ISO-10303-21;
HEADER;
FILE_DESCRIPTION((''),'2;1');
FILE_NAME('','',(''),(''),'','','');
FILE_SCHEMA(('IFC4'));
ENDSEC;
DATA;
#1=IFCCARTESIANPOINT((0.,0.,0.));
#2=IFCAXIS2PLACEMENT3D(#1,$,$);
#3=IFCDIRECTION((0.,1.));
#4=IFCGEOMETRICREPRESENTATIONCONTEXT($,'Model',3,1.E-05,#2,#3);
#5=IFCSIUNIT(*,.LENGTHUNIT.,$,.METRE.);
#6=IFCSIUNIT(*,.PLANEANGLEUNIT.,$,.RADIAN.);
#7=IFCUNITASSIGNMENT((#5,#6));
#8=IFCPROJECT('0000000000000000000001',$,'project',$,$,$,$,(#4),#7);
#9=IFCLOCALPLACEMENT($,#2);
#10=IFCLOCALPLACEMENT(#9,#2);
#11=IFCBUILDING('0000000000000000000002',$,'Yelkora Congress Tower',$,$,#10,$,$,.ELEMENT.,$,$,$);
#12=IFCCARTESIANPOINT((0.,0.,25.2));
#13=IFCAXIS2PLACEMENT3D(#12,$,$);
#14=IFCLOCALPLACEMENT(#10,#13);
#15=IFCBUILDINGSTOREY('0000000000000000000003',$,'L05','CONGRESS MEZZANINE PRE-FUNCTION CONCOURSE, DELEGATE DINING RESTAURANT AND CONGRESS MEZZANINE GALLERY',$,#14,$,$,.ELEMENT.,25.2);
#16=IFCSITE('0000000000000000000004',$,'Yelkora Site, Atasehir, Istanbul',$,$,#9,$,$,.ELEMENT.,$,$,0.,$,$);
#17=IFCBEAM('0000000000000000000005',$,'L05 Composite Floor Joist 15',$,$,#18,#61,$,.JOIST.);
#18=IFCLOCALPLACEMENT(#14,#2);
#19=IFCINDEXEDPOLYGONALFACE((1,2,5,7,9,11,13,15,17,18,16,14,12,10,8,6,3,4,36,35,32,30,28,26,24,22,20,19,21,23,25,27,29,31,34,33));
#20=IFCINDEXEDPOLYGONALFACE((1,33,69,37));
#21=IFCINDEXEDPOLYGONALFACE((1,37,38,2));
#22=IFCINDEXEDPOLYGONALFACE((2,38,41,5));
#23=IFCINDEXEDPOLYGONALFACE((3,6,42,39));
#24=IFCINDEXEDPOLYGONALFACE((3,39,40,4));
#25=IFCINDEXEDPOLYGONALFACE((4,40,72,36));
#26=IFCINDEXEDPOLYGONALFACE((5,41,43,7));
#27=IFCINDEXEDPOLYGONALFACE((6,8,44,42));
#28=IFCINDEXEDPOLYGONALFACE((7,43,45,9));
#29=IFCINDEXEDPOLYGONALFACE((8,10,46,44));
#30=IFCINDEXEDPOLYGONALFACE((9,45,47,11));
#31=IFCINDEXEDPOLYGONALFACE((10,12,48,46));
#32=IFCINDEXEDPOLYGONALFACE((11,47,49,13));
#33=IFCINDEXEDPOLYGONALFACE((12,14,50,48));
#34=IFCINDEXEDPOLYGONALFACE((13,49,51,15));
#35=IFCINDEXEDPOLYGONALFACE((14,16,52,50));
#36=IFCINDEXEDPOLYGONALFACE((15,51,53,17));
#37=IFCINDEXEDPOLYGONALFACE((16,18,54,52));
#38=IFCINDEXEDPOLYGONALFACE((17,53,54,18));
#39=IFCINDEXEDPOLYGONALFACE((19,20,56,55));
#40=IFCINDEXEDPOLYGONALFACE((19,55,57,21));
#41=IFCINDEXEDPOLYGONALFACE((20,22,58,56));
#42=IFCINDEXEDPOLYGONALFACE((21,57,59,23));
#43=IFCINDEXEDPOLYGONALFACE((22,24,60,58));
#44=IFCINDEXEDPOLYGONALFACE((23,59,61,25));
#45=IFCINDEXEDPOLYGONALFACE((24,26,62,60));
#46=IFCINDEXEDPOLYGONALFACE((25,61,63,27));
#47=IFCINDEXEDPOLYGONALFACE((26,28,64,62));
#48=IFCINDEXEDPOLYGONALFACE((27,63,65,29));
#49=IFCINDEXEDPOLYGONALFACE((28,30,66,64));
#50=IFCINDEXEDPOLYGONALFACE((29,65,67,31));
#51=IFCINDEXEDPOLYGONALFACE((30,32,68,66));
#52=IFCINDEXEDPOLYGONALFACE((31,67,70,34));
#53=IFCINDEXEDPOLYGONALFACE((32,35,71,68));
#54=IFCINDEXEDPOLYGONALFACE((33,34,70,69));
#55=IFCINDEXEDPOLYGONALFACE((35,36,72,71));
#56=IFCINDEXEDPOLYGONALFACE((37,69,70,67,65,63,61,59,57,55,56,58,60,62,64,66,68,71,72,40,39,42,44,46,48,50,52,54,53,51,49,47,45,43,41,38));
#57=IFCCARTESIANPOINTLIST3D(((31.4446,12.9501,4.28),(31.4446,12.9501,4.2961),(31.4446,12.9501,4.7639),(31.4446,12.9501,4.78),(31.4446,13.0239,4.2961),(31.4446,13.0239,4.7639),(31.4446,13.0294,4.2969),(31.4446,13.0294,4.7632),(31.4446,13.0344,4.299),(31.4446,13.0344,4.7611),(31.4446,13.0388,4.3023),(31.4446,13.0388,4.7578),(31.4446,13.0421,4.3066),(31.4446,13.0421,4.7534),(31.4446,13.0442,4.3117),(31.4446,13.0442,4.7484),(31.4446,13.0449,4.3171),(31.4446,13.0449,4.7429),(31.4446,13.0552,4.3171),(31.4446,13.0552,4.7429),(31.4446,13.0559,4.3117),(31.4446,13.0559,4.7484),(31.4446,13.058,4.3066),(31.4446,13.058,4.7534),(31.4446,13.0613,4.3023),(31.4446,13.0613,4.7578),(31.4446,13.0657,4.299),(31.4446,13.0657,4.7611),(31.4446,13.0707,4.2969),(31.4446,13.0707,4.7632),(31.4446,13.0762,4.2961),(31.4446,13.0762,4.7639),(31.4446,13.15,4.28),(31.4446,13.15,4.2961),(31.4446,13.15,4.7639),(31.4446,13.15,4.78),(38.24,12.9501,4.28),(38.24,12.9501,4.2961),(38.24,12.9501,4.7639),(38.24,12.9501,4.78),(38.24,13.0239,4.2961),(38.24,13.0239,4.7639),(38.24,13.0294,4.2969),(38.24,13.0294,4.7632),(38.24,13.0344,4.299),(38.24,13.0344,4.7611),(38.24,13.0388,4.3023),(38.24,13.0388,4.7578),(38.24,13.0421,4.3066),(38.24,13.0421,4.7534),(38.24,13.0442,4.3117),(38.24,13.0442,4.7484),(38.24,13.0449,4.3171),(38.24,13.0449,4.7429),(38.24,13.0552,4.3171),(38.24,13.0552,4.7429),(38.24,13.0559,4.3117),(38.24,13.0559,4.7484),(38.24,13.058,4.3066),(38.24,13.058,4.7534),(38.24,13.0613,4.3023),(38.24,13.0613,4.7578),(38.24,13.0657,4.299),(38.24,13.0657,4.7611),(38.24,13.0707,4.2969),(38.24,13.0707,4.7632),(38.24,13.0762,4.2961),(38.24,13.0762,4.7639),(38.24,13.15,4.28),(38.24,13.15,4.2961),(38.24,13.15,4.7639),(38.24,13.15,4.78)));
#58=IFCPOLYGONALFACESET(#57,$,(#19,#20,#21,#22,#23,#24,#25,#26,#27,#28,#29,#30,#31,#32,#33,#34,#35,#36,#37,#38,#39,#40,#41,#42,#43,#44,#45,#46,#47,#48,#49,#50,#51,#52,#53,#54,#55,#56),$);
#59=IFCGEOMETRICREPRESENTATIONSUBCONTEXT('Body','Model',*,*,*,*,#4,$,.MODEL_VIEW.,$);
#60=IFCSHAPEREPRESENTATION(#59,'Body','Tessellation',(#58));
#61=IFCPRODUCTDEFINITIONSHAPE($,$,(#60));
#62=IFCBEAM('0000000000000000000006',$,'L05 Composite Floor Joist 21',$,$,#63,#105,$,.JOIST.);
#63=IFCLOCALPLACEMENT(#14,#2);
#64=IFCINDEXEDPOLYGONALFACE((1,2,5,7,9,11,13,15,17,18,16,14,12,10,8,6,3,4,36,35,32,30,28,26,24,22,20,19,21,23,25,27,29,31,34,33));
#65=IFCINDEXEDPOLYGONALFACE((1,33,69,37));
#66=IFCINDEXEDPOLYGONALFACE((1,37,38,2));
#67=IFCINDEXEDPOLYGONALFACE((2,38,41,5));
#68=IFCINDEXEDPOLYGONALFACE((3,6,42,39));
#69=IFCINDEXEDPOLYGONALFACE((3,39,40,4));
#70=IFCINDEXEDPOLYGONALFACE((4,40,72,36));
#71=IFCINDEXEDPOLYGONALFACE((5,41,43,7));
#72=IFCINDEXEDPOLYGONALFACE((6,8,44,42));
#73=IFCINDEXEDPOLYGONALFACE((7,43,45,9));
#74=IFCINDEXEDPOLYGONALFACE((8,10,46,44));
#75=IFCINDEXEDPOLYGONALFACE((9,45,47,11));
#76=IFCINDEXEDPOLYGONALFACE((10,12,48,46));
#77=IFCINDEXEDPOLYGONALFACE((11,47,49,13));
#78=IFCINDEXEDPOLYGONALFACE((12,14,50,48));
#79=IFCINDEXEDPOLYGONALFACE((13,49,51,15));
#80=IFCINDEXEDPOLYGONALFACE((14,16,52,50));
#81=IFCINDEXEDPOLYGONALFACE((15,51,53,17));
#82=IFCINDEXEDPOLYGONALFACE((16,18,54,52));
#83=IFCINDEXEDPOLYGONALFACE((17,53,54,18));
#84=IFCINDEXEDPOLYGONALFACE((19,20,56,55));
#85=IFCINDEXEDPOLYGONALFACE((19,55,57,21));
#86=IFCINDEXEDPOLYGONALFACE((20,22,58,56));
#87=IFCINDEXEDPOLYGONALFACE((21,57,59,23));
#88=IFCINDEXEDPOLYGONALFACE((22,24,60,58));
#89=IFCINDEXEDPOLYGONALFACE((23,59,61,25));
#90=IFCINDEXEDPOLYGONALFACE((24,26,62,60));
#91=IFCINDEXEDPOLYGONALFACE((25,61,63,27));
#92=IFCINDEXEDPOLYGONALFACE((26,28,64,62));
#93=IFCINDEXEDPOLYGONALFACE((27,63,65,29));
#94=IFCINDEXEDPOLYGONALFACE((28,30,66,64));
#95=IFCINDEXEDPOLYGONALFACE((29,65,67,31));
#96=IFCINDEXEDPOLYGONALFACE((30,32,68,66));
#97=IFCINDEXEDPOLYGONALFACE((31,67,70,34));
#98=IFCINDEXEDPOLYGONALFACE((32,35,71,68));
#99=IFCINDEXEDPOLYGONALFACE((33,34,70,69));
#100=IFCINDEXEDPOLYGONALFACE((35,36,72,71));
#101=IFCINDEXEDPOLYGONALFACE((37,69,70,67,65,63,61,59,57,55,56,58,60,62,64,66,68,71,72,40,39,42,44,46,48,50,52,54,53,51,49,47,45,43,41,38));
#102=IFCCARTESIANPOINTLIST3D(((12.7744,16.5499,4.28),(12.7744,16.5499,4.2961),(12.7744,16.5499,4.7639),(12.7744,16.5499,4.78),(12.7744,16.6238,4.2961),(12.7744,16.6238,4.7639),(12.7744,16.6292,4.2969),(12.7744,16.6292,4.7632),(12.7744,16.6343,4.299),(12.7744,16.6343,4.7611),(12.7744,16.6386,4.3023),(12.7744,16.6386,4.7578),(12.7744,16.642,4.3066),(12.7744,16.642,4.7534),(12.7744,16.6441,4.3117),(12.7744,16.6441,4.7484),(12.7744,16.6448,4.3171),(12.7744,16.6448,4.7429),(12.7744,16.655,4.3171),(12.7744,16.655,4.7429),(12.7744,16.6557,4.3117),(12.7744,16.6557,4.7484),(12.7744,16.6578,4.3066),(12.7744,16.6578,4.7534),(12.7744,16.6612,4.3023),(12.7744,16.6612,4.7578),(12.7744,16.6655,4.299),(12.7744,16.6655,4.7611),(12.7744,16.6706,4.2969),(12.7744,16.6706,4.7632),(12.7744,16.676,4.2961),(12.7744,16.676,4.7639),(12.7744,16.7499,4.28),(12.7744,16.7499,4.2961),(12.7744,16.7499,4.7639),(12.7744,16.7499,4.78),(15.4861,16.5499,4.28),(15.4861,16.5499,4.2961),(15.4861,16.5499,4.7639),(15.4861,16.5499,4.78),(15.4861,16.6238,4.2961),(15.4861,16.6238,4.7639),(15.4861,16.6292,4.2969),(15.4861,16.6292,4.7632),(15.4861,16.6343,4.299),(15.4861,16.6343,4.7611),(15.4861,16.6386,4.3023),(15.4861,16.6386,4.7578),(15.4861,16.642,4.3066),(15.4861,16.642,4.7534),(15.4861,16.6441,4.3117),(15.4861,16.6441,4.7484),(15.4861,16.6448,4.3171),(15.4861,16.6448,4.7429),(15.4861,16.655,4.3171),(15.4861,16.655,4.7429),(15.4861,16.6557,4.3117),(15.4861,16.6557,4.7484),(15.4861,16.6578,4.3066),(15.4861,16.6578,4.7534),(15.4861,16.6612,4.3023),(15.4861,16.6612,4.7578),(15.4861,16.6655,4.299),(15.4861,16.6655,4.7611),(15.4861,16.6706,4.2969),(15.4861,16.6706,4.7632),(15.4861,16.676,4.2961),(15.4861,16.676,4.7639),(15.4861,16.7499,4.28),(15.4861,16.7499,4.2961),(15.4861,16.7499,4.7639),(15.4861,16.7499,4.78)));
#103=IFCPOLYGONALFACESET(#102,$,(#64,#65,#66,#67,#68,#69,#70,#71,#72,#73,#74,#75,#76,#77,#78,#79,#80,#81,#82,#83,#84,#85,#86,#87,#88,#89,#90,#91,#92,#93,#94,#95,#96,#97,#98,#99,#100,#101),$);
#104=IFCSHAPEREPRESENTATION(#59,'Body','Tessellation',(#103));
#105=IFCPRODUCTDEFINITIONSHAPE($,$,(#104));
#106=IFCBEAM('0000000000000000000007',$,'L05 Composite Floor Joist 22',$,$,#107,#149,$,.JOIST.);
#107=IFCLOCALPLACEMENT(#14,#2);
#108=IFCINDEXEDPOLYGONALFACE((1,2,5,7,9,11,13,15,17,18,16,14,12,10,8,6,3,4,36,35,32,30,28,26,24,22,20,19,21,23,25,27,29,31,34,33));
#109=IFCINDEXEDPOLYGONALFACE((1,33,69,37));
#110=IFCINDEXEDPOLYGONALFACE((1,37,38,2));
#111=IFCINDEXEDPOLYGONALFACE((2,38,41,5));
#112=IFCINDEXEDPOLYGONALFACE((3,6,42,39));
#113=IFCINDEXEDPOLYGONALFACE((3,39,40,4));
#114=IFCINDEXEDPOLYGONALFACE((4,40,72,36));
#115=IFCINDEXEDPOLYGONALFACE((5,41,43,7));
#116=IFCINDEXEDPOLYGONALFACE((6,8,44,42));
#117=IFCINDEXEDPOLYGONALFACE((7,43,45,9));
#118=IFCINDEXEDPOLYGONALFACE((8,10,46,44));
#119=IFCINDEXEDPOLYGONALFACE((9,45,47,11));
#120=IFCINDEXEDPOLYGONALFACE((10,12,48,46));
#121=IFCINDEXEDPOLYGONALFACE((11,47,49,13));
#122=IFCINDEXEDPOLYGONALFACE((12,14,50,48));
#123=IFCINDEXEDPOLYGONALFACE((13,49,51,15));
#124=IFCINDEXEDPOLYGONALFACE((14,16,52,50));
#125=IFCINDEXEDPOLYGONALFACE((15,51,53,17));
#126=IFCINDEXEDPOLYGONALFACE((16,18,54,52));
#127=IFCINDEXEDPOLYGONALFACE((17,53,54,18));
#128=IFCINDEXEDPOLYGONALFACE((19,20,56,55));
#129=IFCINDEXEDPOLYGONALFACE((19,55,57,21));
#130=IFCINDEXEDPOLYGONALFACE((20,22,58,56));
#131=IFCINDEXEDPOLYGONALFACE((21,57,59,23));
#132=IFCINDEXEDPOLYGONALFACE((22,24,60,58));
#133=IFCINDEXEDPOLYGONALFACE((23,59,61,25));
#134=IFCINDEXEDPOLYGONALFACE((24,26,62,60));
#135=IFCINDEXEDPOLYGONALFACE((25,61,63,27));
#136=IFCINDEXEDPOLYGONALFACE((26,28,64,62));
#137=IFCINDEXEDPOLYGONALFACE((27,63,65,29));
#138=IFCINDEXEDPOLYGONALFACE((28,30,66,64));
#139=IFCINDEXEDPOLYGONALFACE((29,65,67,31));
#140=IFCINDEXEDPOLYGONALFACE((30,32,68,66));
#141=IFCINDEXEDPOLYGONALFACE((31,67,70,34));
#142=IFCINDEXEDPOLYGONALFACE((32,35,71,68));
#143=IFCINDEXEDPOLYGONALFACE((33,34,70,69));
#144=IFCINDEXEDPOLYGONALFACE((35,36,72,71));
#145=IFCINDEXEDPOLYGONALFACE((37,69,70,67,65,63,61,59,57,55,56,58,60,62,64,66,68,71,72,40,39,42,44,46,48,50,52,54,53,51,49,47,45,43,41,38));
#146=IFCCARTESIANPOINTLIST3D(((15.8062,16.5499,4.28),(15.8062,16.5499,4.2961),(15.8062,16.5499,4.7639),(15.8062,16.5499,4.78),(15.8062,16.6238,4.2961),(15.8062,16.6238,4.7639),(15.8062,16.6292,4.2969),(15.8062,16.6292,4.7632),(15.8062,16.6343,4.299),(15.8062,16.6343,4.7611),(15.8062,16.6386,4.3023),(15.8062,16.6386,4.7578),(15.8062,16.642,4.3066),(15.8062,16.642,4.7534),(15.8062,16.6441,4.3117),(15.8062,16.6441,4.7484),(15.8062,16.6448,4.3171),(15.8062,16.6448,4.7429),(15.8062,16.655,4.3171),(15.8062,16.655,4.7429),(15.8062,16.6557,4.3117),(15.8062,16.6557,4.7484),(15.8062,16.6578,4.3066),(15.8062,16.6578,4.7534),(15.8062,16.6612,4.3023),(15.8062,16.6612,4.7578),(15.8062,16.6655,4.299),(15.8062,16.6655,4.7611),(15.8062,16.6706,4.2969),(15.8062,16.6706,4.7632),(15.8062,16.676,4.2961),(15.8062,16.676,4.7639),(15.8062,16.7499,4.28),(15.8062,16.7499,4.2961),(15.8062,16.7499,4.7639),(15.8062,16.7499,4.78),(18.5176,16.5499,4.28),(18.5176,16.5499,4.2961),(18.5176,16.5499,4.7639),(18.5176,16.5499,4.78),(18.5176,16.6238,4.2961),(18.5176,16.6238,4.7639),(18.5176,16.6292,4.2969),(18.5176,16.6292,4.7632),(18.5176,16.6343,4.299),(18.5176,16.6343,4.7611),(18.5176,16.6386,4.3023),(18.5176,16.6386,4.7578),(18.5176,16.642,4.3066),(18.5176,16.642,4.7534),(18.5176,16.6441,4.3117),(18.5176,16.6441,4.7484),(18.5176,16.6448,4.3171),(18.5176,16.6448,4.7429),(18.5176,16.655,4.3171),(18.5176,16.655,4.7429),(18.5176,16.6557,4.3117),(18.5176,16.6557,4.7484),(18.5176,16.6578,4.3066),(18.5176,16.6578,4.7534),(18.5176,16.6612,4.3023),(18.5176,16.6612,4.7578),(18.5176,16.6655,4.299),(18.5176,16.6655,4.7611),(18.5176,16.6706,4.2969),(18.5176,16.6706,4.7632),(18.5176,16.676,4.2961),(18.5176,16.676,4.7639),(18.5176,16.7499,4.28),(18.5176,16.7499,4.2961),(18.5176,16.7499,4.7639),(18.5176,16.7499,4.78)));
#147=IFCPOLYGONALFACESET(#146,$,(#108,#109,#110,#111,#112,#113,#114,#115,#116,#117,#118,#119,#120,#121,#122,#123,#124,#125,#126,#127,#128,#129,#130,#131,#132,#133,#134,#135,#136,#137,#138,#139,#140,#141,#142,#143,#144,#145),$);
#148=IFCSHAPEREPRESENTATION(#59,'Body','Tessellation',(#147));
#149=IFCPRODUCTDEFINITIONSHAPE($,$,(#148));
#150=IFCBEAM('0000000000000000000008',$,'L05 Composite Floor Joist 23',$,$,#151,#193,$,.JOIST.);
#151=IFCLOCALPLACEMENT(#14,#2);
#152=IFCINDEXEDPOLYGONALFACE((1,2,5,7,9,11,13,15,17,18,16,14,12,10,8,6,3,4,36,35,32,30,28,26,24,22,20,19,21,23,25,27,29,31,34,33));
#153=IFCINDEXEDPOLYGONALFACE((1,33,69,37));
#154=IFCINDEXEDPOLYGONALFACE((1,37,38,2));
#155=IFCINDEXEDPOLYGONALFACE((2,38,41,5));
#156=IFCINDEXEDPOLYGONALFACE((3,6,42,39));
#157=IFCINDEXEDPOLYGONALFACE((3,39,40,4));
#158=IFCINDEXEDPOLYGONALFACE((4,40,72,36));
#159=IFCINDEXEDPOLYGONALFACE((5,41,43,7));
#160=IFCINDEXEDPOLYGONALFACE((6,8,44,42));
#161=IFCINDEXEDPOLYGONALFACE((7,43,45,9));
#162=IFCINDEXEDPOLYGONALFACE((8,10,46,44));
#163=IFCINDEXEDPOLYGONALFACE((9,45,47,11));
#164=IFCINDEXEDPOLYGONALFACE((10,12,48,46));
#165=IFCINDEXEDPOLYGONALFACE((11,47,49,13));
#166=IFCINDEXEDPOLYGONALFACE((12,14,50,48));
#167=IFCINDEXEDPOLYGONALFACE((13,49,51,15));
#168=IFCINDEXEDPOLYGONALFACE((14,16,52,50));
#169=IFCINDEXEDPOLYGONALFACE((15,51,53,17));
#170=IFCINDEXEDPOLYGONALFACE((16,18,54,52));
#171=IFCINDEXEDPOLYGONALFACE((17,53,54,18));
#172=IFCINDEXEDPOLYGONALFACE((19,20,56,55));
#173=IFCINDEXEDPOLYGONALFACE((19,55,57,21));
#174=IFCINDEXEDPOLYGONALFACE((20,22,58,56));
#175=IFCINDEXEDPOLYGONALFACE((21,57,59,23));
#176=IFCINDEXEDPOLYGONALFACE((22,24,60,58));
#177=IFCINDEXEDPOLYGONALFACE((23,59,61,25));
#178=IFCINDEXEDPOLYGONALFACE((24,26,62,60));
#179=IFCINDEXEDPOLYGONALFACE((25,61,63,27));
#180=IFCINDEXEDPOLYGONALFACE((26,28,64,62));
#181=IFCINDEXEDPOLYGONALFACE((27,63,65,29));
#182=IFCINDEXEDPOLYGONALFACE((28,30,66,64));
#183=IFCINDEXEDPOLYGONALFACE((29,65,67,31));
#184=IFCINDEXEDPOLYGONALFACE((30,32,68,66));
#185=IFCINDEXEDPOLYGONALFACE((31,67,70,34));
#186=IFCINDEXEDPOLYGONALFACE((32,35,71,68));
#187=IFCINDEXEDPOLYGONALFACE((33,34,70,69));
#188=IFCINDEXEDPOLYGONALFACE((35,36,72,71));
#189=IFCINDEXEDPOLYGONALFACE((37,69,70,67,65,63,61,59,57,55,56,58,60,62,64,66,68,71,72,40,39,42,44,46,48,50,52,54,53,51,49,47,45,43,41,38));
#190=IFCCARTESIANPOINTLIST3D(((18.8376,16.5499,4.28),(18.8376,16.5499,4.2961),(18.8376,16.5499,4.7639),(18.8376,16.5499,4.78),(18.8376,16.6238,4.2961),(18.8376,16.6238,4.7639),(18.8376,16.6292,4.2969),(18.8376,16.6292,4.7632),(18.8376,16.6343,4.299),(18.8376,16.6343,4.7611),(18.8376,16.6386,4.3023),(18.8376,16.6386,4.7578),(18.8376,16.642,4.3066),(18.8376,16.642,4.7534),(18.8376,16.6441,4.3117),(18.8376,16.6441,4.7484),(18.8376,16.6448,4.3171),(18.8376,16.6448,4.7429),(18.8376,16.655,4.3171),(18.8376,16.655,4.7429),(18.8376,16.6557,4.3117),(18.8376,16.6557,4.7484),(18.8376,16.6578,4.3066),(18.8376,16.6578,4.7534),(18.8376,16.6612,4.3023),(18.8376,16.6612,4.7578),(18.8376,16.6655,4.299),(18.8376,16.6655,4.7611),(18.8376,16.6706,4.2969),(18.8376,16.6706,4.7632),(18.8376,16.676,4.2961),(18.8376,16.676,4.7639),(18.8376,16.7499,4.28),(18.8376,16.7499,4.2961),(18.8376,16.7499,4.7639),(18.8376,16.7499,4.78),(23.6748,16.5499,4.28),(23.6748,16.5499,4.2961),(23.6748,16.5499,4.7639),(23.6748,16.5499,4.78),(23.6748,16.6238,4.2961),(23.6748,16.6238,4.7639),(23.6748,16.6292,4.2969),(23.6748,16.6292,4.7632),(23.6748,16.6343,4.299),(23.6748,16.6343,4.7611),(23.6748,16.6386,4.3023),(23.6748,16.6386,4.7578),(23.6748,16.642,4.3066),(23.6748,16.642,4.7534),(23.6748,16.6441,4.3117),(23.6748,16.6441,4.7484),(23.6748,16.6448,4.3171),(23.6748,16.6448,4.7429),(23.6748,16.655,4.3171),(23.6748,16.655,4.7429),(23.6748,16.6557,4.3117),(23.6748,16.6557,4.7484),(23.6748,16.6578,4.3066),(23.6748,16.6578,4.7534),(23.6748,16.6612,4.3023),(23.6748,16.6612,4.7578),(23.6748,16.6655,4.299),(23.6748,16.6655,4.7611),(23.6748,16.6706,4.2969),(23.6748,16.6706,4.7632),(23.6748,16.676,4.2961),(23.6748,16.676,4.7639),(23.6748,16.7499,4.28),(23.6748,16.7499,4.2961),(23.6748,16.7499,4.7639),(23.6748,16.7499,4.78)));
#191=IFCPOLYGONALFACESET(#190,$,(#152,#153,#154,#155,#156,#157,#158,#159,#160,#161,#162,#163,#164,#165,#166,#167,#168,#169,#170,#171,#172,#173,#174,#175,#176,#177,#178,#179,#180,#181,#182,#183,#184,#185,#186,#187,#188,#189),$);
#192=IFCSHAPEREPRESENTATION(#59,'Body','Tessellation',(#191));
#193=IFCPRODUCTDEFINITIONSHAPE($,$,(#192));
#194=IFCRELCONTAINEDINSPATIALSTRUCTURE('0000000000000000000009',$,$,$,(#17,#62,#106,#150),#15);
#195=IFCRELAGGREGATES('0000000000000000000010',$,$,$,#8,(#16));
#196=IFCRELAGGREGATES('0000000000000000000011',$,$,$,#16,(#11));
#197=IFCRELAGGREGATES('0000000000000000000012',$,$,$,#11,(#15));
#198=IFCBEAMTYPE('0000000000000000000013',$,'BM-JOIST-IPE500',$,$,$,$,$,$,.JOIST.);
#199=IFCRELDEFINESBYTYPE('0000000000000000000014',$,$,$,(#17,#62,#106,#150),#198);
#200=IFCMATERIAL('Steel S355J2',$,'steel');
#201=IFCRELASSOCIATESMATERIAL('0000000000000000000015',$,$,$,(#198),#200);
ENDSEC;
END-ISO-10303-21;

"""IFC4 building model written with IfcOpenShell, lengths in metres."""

from ifc_helpers import new_model, si_unit, direction, frame, origin, origin_2d, place, context, subcontext, project, spatial, i_section, extrude, material, material_profile, profile_set, type_object, element, save


model = new_model("IFC4")

# Units and contexts
model_context = context("Model", 3, precision=1e-05, world=origin(), true_north=direction((0.0, 1.0)))
body_context = subcontext(model_context, "Body", "Model", "MODEL_VIEW")
ifc_project = project(units=[si_unit("LENGTHUNIT", "METRE"), si_unit("PLANEANGLEUNIT", "RADIAN")], contexts=[model_context])

# Site, building, storey
site_placement = place(None, origin())
site = spatial("IfcSite", under=ifc_project, at=site_placement, Name="Yelkora Site, Atasehir, Istanbul", CompositionType="ELEMENT", RefElevation=0.0)
building_placement = place(site_placement, origin())
building = spatial("IfcBuilding", under=site, at=building_placement, Name="Yelkora Congress Tower", CompositionType="ELEMENT")
storey_placement = place(building_placement, frame((0.0, 0.0, 25.2)))
storey = spatial("IfcBuildingStorey", under=building, at=storey_placement, Name="L05", Description="CONGRESS MEZZANINE PRE-FUNCTION CONCOURSE, DELEGATE DINING RESTAURANT AND CONGRESS MEZZANINE GALLERY", CompositionType="ELEMENT", Elevation=25.2)

# Beams
ifc_material_1 = material(Name="Steel S355J2", Category="steel")
ifc_material_profile_1 = material_profile(ifc_material_1, i_section(OverallWidth=0.2, OverallDepth=0.5, WebThickness=0.0103, FlangeThickness=0.0161, FilletRadius=0.021, at=origin_2d()), Name="IPE 500")
ifc_profile_set_1 = profile_set([ifc_material_profile_1], Name="Steel S355J2")
beam_type_1 = type_object("IfcBeamType", Name="BM-JOIST-IPE500", PredefinedType="JOIST", material=ifc_profile_set_1)
for number, where, z_axis, x_axis, name in (
    (1, (31.4446, 13.05, 4.53), (1.0, 0.0, 0.0), (0.0, 1.0, 0.0), "L05 Composite Floor Joist 15"),
):
    element("IfcBeam", number, at=place(storey_placement, frame(where, z_axis=z_axis, x_axis=x_axis)), inside=storey, type_object=beam_type_1, Name=name, PredefinedType="JOIST", context=body_context, shape_type="SweptSolid", body=[
        extrude(i_section(OverallWidth=0.2, OverallDepth=0.5, WebThickness=0.0103, FlangeThickness=0.0161, FilletRadius=0.021, at=origin_2d()), origin(), (0.0, 0.0, 1.0), 6.7954),
    ])
beam_1_placement = place(storey_placement, frame((12.7744, 16.6499, 4.53), z_axis=(1.0, 0.0, 0.0), x_axis=(0.0, 1.0, 0.0)))
element("IfcBeam", 2, at=beam_1_placement, inside=storey, type_object=beam_type_1, Name="L05 Composite Floor Joist 21", PredefinedType="JOIST", context=body_context, shape_type="SweptSolid", body=[
    extrude(i_section(OverallWidth=0.2, OverallDepth=0.5, WebThickness=0.0103, FlangeThickness=0.0161, FilletRadius=0.021, at=origin_2d()), origin(), (0.0, 0.0, 1.0), 2.7117),
])
beam_2_placement = place(storey_placement, frame((15.8062, 16.6499, 4.53), z_axis=(1.0, 0.0, 0.0), x_axis=(0.0, 1.0, 0.0)))
element("IfcBeam", 3, at=beam_2_placement, inside=storey, type_object=beam_type_1, Name="L05 Composite Floor Joist 22", PredefinedType="JOIST", context=body_context, shape_type="SweptSolid", body=[
    extrude(i_section(OverallWidth=0.2, OverallDepth=0.5, WebThickness=0.0103, FlangeThickness=0.0161, FilletRadius=0.021, at=origin_2d()), origin(), (0.0, 0.0, 1.0), 2.7114),
])
beam_3_placement = place(storey_placement, frame((18.8376, 16.6499, 4.53), z_axis=(1.0, 0.0, 0.0), x_axis=(0.0, 1.0, 0.0)))
element("IfcBeam", 4, at=beam_3_placement, inside=storey, type_object=beam_type_1, Name="L05 Composite Floor Joist 23", PredefinedType="JOIST", context=body_context, shape_type="SweptSolid", body=[
    extrude(i_section(OverallWidth=0.2, OverallDepth=0.5, WebThickness=0.0103, FlangeThickness=0.0161, FilletRadius=0.021, at=origin_2d()), origin(), (0.0, 0.0, 1.0), 4.8372),
])

save(model, "model.ifc")
